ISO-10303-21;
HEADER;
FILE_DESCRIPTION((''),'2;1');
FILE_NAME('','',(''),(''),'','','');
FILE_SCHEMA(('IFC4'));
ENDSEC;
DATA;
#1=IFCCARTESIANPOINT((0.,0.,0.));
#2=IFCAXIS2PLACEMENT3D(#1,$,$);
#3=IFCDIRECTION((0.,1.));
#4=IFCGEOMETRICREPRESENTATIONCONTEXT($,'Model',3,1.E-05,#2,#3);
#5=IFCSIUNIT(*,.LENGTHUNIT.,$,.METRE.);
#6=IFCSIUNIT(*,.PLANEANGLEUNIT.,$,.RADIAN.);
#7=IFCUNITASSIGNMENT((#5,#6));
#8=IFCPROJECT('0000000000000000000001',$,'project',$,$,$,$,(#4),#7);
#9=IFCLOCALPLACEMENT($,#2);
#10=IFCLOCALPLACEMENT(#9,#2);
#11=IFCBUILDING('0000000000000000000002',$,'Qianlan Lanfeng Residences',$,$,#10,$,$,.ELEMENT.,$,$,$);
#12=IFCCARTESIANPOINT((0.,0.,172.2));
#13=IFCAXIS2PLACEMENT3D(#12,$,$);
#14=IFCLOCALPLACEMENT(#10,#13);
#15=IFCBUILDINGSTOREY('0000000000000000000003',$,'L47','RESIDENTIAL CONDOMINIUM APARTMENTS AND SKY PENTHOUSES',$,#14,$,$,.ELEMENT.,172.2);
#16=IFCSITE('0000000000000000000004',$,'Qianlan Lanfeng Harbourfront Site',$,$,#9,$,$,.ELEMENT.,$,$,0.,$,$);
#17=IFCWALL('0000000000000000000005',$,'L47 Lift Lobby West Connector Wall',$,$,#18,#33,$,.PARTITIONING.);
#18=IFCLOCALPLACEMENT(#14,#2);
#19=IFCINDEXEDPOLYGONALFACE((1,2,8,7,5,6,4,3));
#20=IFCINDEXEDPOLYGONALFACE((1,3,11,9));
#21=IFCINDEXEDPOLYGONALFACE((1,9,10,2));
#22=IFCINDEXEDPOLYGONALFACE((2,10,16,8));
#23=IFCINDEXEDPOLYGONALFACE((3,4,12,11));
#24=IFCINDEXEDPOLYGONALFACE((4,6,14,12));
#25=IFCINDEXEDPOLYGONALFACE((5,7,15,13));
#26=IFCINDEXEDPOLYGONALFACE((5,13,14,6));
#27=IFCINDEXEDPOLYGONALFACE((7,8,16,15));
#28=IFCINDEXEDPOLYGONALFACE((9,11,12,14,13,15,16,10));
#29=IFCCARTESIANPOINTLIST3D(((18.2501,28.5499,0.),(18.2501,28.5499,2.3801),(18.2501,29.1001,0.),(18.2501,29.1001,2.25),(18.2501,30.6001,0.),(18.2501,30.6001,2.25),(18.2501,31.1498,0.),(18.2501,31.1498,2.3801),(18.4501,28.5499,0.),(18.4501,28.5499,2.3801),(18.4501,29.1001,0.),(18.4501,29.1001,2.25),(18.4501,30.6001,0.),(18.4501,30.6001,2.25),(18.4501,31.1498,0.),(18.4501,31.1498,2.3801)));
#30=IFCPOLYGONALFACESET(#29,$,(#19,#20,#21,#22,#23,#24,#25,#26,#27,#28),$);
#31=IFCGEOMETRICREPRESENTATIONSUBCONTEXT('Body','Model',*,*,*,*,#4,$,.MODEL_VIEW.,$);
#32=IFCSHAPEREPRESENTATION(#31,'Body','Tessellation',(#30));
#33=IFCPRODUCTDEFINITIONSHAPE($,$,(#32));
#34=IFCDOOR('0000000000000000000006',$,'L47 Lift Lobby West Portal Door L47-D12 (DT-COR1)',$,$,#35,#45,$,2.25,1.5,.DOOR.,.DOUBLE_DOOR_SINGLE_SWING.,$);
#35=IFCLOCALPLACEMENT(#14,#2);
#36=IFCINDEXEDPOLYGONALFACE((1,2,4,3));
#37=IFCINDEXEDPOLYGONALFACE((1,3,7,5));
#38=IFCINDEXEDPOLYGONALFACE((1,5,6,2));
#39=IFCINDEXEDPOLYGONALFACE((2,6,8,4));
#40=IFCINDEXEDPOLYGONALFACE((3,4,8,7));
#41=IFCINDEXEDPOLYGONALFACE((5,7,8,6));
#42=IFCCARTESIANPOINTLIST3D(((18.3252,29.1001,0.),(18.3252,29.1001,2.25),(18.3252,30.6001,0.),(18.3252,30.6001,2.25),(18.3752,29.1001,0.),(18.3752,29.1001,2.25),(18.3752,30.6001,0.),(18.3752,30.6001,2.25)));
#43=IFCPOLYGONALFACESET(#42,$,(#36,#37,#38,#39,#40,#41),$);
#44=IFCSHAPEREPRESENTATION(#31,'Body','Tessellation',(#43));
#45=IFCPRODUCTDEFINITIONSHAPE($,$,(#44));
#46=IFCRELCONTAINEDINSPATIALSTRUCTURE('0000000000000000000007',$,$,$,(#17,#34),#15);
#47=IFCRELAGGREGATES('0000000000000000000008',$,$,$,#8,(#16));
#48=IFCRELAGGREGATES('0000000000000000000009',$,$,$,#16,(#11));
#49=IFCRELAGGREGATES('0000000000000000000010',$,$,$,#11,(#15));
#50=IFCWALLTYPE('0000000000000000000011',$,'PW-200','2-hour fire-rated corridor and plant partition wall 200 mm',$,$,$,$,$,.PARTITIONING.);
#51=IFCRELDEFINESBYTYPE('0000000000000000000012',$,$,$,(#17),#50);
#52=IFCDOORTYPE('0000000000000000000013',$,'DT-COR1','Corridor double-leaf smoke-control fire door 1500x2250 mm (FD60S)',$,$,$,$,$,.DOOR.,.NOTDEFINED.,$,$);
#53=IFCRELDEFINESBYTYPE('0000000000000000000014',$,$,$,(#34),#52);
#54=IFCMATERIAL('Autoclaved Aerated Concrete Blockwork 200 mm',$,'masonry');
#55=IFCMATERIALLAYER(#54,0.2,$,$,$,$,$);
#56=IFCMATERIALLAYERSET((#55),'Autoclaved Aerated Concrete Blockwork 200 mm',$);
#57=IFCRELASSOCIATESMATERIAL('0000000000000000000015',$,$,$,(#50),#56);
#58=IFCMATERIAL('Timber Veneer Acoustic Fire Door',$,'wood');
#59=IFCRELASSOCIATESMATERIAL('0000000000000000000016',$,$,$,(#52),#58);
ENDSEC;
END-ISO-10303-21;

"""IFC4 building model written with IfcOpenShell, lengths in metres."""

from ifc_helpers import new_model, si_unit, direction, frame, frame_2d, origin, place, context, subcontext, project, spatial, rectangle, extrude, material, layer, layer_set, type_object, element, fill, save


model = new_model("IFC4")

# Units and contexts
model_context = context("Model", 3, precision=1e-05, world=origin(), true_north=direction((0.0, 1.0)))
body_context = subcontext(model_context, "Body", "Model", "MODEL_VIEW")
ifc_project = project(units=[si_unit("LENGTHUNIT", "METRE"), si_unit("PLANEANGLEUNIT", "RADIAN")], contexts=[model_context])

# Site, building, storey
site_placement = place(None, origin())
site = spatial("IfcSite", under=ifc_project, at=site_placement, Name="Qianlan Lanfeng Harbourfront Site", CompositionType="ELEMENT", RefElevation=0.0)
building_placement = place(site_placement, origin())
building = spatial("IfcBuilding", under=site, at=building_placement, Name="Qianlan Lanfeng Residences", CompositionType="ELEMENT")
storey_placement = place(building_placement, frame((0.0, 0.0, 172.2)))
storey = spatial("IfcBuildingStorey", under=building, at=storey_placement, Name="L47", Description="RESIDENTIAL CONDOMINIUM APARTMENTS AND SKY PENTHOUSES", CompositionType="ELEMENT", Elevation=172.2)

# Wall, opening, door
ifc_material_1 = material(Name="Autoclaved Aerated Concrete Blockwork 200 mm", Category="masonry")
ifc_layer_1 = layer(ifc_material_1, 0.2)
ifc_layer_set_1 = layer_set([ifc_layer_1], Name="Autoclaved Aerated Concrete Blockwork 200 mm")
wall_type_1 = type_object("IfcWallType", Name="PW-200", Description="2-hour fire-rated corridor and plant partition wall 200 mm", PredefinedType="PARTITIONING", material=ifc_layer_set_1)
wall_1_placement = place(storey_placement, frame((18.3501, 28.55, 0.0), z_axis=(0.0, 0.0, 1.0), x_axis=(0.0, 1.0, 0.0)))
wall_1 = element("IfcWall", 1, at=wall_1_placement, inside=storey, type_object=wall_type_1, Name="L47 Lift Lobby West Connector Wall", PredefinedType="PARTITIONING", context=body_context, shape_type="SweptSolid", body=[
    extrude(rectangle(XDim=2.5999, YDim=0.2, at=frame_2d((1.2998, 0.0))), origin(), (0.0, 0.0, 1.0), 2.3801),
])
opening_1_placement = place(wall_1_placement, frame((0.55, 0.0, 0.0)))
opening_1 = element("IfcOpeningElement", 2, at=opening_1_placement, cuts=wall_1, PredefinedType="OPENING", context=body_context, shape_type="SweptSolid", body=[
    extrude(rectangle(XDim=1.5, YDim=2.25, at=frame_2d((0.75, 1.125))), frame((0.0, 0.1099, 0.0), z_axis=(0.0, -1.0, 0.0), x_axis=(1.0, 0.0, 0.0)), (0.0, 0.0, 1.0), 0.22),
])
ifc_material_2 = material(Name="Timber Veneer Acoustic Fire Door", Category="wood")
door_type_1 = type_object("IfcDoorType", Name="DT-COR1", Description="Corridor double-leaf smoke-control fire door 1500x2250 mm (FD60S)", OperationType="NOTDEFINED", PredefinedType="DOOR", material=ifc_material_2)
door_1_placement = place(opening_1_placement, origin())
door_1 = element("IfcDoor", 3, at=door_1_placement, inside=storey, type_object=door_type_1, Name="L47 Lift Lobby West Portal Door L47-D12 (DT-COR1)", OperationType="DOUBLE_DOOR_SINGLE_SWING", OverallHeight=2.25, OverallWidth=1.5, PredefinedType="DOOR", context=body_context, shape_type="SweptSolid", body=[
    extrude(rectangle(XDim=1.5, YDim=2.25, at=frame_2d((0.75, 1.125))), frame((0.0, 0.0249, 0.0), z_axis=(0.0, -1.0, 0.0), x_axis=(1.0, 0.0, 0.0)), (0.0, 0.0, 1.0), 0.05),
])
fill(opening_1, door_1)

save(model, "model.ifc")
